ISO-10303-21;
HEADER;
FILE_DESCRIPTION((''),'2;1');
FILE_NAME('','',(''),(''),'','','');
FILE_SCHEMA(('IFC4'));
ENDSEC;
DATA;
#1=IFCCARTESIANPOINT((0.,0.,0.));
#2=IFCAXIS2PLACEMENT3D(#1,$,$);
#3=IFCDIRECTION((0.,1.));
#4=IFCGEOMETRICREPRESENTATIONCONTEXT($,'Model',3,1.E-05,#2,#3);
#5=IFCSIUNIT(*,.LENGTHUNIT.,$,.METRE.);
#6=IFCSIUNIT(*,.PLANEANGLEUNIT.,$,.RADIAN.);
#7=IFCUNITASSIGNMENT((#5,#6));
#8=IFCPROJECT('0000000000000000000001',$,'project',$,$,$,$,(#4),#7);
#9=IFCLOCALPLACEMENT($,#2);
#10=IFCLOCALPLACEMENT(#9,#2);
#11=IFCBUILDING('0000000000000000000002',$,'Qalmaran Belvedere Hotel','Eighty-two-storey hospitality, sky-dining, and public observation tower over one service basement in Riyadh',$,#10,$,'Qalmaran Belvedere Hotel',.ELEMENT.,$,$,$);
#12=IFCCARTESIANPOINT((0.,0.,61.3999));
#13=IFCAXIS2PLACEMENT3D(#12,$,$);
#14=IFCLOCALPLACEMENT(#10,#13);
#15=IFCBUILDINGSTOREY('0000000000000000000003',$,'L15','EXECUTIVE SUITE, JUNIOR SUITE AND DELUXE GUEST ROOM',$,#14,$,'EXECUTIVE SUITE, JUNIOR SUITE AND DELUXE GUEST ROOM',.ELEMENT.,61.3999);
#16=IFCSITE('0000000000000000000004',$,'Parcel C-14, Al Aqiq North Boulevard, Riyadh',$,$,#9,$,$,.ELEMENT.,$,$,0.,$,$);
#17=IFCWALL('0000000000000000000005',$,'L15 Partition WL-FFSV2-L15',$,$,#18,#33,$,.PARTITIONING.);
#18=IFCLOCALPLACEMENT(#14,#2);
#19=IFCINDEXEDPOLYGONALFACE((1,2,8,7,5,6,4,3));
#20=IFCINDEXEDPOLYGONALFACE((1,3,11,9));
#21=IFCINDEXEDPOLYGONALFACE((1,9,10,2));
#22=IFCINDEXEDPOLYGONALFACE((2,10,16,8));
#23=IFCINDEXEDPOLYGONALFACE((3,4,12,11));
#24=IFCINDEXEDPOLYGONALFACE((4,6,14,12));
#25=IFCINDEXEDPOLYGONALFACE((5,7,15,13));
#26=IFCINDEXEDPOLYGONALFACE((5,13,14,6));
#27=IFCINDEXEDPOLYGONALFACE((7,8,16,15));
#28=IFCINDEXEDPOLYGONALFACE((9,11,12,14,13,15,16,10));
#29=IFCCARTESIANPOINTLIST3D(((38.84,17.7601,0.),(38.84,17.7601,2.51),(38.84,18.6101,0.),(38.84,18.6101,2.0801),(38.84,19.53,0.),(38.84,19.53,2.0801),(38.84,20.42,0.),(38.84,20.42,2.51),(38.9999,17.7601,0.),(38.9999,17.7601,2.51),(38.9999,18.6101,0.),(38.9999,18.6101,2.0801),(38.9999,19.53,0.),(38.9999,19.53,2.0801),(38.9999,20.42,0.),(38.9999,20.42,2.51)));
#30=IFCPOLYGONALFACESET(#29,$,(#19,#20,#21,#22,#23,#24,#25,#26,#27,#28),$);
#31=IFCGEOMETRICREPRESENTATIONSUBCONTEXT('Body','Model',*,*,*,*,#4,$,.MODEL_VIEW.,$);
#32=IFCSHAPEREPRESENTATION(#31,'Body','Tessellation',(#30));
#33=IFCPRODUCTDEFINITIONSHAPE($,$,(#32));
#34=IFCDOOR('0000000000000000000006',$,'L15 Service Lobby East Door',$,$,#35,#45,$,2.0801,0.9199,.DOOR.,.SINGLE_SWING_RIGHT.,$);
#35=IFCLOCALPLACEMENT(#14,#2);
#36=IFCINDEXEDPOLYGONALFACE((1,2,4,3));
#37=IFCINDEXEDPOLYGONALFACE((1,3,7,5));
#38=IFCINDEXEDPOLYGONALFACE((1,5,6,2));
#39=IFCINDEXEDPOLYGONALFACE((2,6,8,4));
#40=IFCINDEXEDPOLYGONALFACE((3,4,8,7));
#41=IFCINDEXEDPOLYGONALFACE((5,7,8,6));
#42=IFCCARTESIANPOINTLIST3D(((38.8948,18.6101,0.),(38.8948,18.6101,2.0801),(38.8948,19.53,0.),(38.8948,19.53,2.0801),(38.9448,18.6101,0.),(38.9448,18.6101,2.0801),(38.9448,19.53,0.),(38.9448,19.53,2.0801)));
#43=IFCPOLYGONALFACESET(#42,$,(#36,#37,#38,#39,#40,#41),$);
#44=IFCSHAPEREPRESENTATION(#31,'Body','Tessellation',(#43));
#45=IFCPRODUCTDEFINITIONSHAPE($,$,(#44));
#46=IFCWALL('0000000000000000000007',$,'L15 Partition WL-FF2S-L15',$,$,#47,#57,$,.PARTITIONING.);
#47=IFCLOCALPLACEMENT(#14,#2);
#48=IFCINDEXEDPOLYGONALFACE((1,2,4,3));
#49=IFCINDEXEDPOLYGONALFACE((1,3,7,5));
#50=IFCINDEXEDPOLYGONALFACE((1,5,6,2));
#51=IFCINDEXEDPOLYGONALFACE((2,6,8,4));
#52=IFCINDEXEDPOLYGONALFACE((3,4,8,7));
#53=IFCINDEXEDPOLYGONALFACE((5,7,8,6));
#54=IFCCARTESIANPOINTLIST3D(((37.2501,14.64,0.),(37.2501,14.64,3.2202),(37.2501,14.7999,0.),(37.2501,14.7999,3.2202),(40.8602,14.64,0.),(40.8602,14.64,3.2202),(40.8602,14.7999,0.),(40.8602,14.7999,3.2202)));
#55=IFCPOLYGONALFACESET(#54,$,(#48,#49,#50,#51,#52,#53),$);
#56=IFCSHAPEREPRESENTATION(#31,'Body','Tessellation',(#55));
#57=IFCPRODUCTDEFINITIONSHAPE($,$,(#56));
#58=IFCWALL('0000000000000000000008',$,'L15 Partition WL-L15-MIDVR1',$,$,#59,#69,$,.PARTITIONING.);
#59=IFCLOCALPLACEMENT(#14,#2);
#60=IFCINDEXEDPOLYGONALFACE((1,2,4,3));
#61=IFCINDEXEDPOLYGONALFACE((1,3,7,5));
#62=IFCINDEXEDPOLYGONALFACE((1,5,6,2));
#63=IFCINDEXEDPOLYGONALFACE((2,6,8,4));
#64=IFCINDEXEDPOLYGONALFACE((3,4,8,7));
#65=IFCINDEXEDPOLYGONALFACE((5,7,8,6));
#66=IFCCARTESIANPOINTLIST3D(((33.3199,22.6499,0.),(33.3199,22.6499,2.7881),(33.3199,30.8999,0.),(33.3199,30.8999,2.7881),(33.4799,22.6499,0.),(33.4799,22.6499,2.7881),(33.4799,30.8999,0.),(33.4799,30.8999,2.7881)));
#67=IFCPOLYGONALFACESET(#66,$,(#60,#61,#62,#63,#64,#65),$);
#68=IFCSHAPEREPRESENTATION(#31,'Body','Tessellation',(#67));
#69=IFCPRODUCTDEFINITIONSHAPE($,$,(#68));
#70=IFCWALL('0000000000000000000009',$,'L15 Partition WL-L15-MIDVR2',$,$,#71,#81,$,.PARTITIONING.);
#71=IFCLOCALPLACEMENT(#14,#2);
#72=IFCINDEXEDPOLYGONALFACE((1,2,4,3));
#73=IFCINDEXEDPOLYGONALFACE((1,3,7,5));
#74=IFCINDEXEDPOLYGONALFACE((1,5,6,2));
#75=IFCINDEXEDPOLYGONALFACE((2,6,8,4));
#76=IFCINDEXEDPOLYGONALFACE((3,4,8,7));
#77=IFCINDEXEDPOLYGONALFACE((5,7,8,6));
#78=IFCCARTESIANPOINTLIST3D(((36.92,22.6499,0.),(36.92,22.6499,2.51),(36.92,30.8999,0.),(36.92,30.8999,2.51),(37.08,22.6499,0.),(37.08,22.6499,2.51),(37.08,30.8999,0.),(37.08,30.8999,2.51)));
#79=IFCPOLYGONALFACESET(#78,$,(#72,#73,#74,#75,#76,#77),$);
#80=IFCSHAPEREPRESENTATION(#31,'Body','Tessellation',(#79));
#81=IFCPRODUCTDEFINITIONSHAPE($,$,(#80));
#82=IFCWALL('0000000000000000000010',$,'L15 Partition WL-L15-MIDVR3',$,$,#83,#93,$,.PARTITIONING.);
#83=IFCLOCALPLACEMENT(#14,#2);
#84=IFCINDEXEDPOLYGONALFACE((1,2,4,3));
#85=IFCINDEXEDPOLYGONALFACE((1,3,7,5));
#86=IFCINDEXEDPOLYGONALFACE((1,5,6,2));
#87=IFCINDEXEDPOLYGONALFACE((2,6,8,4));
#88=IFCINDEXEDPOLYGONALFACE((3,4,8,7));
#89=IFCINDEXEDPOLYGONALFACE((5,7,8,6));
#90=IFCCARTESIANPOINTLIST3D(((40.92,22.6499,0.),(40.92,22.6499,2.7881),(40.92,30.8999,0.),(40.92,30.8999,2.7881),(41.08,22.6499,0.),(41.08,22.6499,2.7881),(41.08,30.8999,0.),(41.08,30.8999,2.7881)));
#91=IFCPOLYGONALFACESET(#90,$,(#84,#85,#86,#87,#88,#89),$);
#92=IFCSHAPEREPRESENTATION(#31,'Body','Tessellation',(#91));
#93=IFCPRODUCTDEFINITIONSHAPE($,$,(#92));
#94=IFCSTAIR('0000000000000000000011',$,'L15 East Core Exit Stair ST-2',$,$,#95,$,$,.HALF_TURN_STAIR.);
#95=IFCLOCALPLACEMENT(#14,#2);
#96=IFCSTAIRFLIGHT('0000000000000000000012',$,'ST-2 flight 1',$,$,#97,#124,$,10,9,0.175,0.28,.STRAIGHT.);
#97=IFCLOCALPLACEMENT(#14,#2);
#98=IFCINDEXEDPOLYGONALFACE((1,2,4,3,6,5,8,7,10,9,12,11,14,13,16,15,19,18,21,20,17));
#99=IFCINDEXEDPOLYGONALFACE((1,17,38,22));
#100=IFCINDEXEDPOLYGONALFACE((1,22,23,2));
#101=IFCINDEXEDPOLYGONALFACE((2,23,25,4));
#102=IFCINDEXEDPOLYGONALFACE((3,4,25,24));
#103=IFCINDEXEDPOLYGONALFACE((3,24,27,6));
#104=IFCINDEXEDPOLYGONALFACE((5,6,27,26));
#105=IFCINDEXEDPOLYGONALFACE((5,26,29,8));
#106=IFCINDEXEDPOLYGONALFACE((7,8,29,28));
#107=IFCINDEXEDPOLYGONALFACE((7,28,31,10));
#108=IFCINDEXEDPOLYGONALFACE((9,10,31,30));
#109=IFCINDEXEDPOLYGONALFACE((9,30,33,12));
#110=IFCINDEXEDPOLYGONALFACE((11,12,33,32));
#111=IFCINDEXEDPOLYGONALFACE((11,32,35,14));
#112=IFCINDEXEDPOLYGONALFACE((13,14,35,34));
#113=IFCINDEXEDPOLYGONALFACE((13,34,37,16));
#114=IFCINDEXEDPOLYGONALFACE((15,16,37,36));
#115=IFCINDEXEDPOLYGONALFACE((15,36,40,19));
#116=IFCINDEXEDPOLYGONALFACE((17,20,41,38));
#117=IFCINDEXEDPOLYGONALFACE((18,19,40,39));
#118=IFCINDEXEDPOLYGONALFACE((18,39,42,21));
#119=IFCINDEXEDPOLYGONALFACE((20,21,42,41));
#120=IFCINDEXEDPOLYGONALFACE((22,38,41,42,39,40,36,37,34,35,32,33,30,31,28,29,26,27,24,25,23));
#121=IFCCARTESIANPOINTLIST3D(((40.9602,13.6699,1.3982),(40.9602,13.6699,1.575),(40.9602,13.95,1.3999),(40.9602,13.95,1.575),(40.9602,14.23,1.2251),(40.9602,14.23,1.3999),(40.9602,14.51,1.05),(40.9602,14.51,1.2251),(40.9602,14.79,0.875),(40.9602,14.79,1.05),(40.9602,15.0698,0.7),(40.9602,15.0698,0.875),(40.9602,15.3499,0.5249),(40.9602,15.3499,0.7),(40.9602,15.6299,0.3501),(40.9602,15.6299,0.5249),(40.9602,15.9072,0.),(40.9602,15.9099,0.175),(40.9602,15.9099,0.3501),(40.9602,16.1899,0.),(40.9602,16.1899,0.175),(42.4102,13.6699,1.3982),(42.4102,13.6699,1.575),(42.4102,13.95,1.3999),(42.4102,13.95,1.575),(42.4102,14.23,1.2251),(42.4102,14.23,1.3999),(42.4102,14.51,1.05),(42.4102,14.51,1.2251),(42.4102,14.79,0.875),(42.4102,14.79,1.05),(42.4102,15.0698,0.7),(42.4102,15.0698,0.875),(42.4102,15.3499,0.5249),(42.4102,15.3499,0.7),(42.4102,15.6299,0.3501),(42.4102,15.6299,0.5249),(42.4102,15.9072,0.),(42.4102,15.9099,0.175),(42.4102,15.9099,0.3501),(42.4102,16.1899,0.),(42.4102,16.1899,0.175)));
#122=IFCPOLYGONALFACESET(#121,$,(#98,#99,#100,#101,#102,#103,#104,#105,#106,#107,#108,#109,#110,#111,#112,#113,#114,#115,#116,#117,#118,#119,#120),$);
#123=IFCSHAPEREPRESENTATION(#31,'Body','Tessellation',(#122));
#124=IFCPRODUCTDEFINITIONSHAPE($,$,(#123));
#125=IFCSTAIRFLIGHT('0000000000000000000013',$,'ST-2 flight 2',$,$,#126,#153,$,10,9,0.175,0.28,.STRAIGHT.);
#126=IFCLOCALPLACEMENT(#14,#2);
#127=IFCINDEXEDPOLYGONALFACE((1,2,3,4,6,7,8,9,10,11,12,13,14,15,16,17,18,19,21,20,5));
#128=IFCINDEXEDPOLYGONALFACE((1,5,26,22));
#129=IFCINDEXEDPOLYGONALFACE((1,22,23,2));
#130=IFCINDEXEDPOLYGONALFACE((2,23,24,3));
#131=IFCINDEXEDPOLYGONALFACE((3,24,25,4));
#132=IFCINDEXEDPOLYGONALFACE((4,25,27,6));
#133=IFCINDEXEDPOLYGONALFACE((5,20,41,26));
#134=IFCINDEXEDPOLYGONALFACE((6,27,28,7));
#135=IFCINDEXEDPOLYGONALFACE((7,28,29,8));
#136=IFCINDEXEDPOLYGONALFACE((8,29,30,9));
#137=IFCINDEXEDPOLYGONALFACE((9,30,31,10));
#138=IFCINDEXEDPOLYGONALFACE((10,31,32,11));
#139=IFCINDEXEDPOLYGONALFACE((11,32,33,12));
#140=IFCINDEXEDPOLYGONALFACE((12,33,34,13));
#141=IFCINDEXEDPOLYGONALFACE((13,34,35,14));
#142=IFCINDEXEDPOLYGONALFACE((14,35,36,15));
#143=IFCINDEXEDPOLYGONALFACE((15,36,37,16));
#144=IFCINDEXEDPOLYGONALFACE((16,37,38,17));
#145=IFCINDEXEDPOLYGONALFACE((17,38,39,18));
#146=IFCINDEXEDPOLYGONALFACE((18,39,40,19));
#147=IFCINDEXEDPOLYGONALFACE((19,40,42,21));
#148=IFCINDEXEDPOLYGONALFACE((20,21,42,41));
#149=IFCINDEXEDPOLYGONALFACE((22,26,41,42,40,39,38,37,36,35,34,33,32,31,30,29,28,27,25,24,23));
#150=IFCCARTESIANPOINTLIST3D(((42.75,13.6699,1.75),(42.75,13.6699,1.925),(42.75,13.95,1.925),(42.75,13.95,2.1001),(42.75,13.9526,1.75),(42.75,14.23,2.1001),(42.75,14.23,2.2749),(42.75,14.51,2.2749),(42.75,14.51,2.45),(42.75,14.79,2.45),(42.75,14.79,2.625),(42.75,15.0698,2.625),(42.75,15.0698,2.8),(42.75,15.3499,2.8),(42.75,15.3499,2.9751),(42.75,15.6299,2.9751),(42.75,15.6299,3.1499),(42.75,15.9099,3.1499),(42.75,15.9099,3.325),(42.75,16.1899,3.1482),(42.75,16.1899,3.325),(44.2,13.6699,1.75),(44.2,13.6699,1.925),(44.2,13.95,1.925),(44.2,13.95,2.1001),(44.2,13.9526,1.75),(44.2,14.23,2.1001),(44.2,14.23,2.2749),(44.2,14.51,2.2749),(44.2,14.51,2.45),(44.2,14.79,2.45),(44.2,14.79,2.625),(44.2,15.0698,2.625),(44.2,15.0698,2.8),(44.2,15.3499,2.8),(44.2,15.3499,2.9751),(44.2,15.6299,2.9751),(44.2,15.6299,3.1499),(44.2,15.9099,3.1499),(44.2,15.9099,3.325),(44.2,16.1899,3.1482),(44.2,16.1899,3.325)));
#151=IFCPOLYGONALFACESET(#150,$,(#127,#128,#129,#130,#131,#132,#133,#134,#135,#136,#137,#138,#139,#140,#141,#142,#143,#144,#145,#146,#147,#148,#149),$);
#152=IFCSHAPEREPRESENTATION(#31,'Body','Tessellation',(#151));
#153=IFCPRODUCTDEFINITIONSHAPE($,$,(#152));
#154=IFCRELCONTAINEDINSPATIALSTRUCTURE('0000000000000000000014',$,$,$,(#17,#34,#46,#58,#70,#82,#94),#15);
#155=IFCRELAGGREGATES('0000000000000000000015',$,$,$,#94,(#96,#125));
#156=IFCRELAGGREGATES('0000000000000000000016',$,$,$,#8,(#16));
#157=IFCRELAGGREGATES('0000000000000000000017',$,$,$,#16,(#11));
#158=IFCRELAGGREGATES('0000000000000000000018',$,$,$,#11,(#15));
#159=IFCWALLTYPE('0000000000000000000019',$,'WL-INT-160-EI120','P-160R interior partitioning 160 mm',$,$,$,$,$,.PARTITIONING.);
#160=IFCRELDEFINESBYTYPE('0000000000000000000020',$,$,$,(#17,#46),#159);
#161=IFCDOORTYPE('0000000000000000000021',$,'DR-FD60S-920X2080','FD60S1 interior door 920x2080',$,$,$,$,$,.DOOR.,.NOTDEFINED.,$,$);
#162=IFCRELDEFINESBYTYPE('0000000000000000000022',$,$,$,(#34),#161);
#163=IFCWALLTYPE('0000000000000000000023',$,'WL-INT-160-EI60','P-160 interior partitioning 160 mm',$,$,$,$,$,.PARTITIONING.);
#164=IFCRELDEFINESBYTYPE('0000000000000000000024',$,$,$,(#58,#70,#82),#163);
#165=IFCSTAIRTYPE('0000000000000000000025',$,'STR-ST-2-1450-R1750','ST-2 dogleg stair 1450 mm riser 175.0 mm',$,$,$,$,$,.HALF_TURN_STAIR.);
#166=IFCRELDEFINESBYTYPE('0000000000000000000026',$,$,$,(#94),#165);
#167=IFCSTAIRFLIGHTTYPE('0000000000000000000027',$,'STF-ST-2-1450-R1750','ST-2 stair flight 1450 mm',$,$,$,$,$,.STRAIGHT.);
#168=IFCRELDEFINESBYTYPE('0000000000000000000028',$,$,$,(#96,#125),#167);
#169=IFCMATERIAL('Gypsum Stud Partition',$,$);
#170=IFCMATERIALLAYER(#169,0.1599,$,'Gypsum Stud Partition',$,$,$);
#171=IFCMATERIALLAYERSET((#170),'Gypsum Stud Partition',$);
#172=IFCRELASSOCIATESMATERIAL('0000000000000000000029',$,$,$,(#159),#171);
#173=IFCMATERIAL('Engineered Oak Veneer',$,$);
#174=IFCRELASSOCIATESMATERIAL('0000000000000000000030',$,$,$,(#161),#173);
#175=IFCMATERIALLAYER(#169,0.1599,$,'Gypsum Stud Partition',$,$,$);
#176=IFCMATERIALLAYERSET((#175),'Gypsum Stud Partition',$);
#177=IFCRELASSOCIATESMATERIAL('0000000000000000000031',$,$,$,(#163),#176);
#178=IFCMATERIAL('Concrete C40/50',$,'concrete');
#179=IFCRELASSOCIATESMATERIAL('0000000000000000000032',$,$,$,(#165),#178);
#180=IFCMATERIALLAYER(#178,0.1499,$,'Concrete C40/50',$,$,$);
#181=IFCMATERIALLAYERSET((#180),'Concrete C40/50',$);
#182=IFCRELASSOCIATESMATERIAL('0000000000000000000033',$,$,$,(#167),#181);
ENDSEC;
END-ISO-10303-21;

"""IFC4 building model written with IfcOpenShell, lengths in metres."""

from ifc_helpers import new_model, si_unit, direction, frame, frame_2d, origin, place, context, subcontext, project, spatial, polyline, rectangle, outline, extrude, material, layer, layer_set, type_object, element, fill, aggregate, save


model = new_model("IFC4")

# Units and contexts
model_context = context("Model", 3, precision=1e-05, world=origin(), true_north=direction((0.0, 1.0)))
body_context = subcontext(model_context, "Body", "Model", "MODEL_VIEW")
ifc_project = project(units=[si_unit("LENGTHUNIT", "METRE"), si_unit("PLANEANGLEUNIT", "RADIAN")], contexts=[model_context])

# Site, building, storey
site_placement = place(None, origin())
site = spatial("IfcSite", under=ifc_project, at=site_placement, Name="Parcel C-14, Al Aqiq North Boulevard, Riyadh", CompositionType="ELEMENT", RefElevation=0.0)
building_placement = place(site_placement, origin())
building = spatial("IfcBuilding", under=site, at=building_placement, Name="Qalmaran Belvedere Hotel", Description="Eighty-two-storey hospitality, sky-dining, and public observation tower over one service basement in Riyadh", LongName="Qalmaran Belvedere Hotel", CompositionType="ELEMENT")
storey_placement = place(building_placement, frame((0.0, 0.0, 61.3999)))
storey = spatial("IfcBuildingStorey", under=building, at=storey_placement, Name="L15", Description="EXECUTIVE SUITE, JUNIOR SUITE AND DELUXE GUEST ROOM", LongName="EXECUTIVE SUITE, JUNIOR SUITE AND DELUXE GUEST ROOM", CompositionType="ELEMENT", Elevation=61.3999)

# Shared definitions
ifc_material_1 = material(Name="Gypsum Stud Partition")

# Wall, opening, door
ifc_layer_1 = layer(ifc_material_1, 0.1599, Name="Gypsum Stud Partition")
ifc_layer_set_1 = layer_set([ifc_layer_1], Name="Gypsum Stud Partition")
wall_type_1 = type_object("IfcWallType", Name="WL-INT-160-EI120", Description="P-160R interior partitioning 160 mm", PredefinedType="PARTITIONING", material=ifc_layer_set_1)
wall_1_placement = place(storey_placement, frame((38.9199, 17.76, 0.0), z_axis=(0.0, 0.0, 1.0), x_axis=(0.0, 1.0, 0.0)))
wall_1 = element("IfcWall", 1, at=wall_1_placement, inside=storey, type_object=wall_type_1, Name="L15 Partition WL-FFSV2-L15", PredefinedType="PARTITIONING", context=body_context, shape_type="SweptSolid", body=[
    extrude(rectangle(XDim=2.6599, YDim=0.1599, at=frame_2d((1.3301, 0.0))), origin(), (0.0, 0.0, 1.0), 2.51),
])
opening_1_placement = place(wall_1_placement, frame((1.77, 0.0, 0.0), z_axis=(0.0, 0.0, 1.0), x_axis=(-1.0, 0.0, 0.0)))
opening_1 = element("IfcOpeningElement", 2, at=opening_1_placement, cuts=wall_1, PredefinedType="OPENING", context=body_context, shape_type="SweptSolid", body=[
    extrude(rectangle(XDim=0.9199, YDim=2.0801, at=frame_2d((0.46, 1.04))), frame((0.0, 0.0898, 0.0), z_axis=(0.0, -1.0, 0.0), x_axis=(1.0, 0.0, 0.0)), (0.0, 0.0, 1.0), 0.1799),
])
ifc_material_2 = material(Name="Engineered Oak Veneer")
door_type_1 = type_object("IfcDoorType", Name="DR-FD60S-920X2080", Description="FD60S1 interior door 920x2080", OperationType="NOTDEFINED", PredefinedType="DOOR", material=ifc_material_2)
door_1_placement = place(opening_1_placement, origin())
door_1 = element("IfcDoor", 3, at=door_1_placement, inside=storey, type_object=door_type_1, Name="L15 Service Lobby East Door", OperationType="SINGLE_SWING_RIGHT", OverallHeight=2.0801, OverallWidth=0.9199, PredefinedType="DOOR", context=body_context, shape_type="SweptSolid", body=[
    extrude(rectangle(XDim=0.9199, YDim=2.0801, at=frame_2d((0.46, 1.04))), frame((0.0, 0.0249, 0.0), z_axis=(0.0, -1.0, 0.0), x_axis=(1.0, 0.0, 0.0)), (0.0, 0.0, 1.0), 0.05),
])
fill(opening_1, door_1)

# Walls
wall_2_placement = place(storey_placement, frame((37.25, 14.72, 0.0), z_axis=(0.0, 0.0, 1.0), x_axis=(1.0, 0.0, 0.0)))
element("IfcWall", 4, at=wall_2_placement, inside=storey, type_object=wall_type_1, Name="L15 Partition WL-FF2S-L15", PredefinedType="PARTITIONING", context=body_context, shape_type="SweptSolid", body=[
    extrude(rectangle(XDim=3.6101, YDim=0.1599, at=frame_2d((1.8052, 0.0))), origin(), (0.0, 0.0, 1.0), 3.2202),
])
ifc_layer_2 = layer(ifc_material_1, 0.1599, Name="Gypsum Stud Partition")
ifc_layer_set_2 = layer_set([ifc_layer_2], Name="Gypsum Stud Partition")
wall_type_2 = type_object("IfcWallType", Name="WL-INT-160-EI60", Description="P-160 interior partitioning 160 mm", PredefinedType="PARTITIONING", material=ifc_layer_set_2)
wall_3_placement = place(storey_placement, frame((33.3999, 22.6499, 0.0), z_axis=(0.0, 0.0, 1.0), x_axis=(0.0, 1.0, 0.0)))
element("IfcWall", 5, at=wall_3_placement, inside=storey, type_object=wall_type_2, Name="L15 Partition WL-L15-MIDVR1", PredefinedType="PARTITIONING", context=body_context, shape_type="SweptSolid", body=[
    extrude(rectangle(XDim=8.25, YDim=0.1599, at=frame_2d((4.125, 0.0))), origin(), (0.0, 0.0, 1.0), 2.7881),
])
wall_4_placement = place(storey_placement, frame((37.0, 22.6499, 0.0), z_axis=(0.0, 0.0, 1.0), x_axis=(0.0, 1.0, 0.0)))
element("IfcWall", 6, at=wall_4_placement, inside=storey, type_object=wall_type_2, Name="L15 Partition WL-L15-MIDVR2", PredefinedType="PARTITIONING", context=body_context, shape_type="SweptSolid", body=[
    extrude(rectangle(XDim=8.25, YDim=0.1599, at=frame_2d((4.125, 0.0))), origin(), (0.0, 0.0, 1.0), 2.51),
])
wall_5_placement = place(storey_placement, frame((41.0, 22.6499, 0.0), z_axis=(0.0, 0.0, 1.0), x_axis=(0.0, 1.0, 0.0)))
element("IfcWall", 7, at=wall_5_placement, inside=storey, type_object=wall_type_2, Name="L15 Partition WL-L15-MIDVR3", PredefinedType="PARTITIONING", context=body_context, shape_type="SweptSolid", body=[
    extrude(rectangle(XDim=8.25, YDim=0.1599, at=frame_2d((4.125, 0.0))), origin(), (0.0, 0.0, 1.0), 2.7881),
])

# Stair, stair flights
ifc_material_3 = material(Name="Concrete C40/50", Category="concrete")
stair_type = type_object("IfcStairType", Name="STR-ST-2-1450-R1750", Description="ST-2 dogleg stair 1450 mm riser 175.0 mm", PredefinedType="HALF_TURN_STAIR", material=ifc_material_3)
stair_placement = place(storey_placement, origin())
stair = element("IfcStair", 8, at=stair_placement, inside=storey, type_object=stair_type, Name="L15 East Core Exit Stair ST-2", PredefinedType="HALF_TURN_STAIR")
ifc_layer_3 = layer(ifc_material_3, 0.1499, Name="Concrete C40/50")
ifc_layer_set_3 = layer_set([ifc_layer_3], Name="Concrete C40/50")
stair_flight_type = type_object("IfcStairFlightType", Name="STF-ST-2-1450-R1750", Description="ST-2 stair flight 1450 mm", PredefinedType="STRAIGHT", material=ifc_layer_set_3)
stair_flight_1_placement = place(storey_placement, frame((41.6851, 16.1899, 0.0), z_axis=(0.0, 0.0, 1.0), x_axis=(0.0, -1.0, 0.0)))
stair_flight_1 = element("IfcStairFlight", 9, at=stair_flight_1_placement, type_object=stair_flight_type, Name="ST-2 flight 1", NumberOfRisers=10, NumberOfTreads=9, PredefinedType="STRAIGHT", RiserHeight=0.175, TreadLength=0.28, context=body_context, shape_type="SweptSolid", body=[
    extrude(outline(polyline([(0.0, 0.0), (0.0, 0.175), (0.28, 0.175), (0.28, 0.3501), (0.5601, 0.3501), (0.5601, 0.5249), (0.8401, 0.5249), (0.8401, 0.7), (1.1201, 0.7), (1.1201, 0.875), (1.3999, 0.875), (1.3999, 1.05), (1.6799, 1.05), (1.6799, 1.2251), (1.96, 1.2251), (1.96, 1.3999), (2.24, 1.3999), (2.24, 1.575), (2.52, 1.575), (2.52, 1.75), (2.52, 1.3982), (0.2827, 0.0), (0.0, 0.0)])), frame((0.0, 0.7251, 0.0), z_axis=(0.0, -1.0, 0.0), x_axis=(1.0, 0.0, 0.0)), (0.0, 0.0, 1.0), 1.45),
])
stair_flight_2_placement = place(storey_placement, frame((43.4751, 13.6699, 1.75), z_axis=(0.0, 0.0, 1.0), x_axis=(0.0, 1.0, 0.0)))
stair_flight_2 = element("IfcStairFlight", 10, at=stair_flight_2_placement, type_object=stair_flight_type, Name="ST-2 flight 2", NumberOfRisers=10, NumberOfTreads=9, PredefinedType="STRAIGHT", RiserHeight=0.175, TreadLength=0.28, context=body_context, shape_type="SweptSolid", body=[
    extrude(outline(polyline([(0.0, 0.0), (0.0, 0.175), (0.28, 0.175), (0.28, 0.3501), (0.5601, 0.3501), (0.5601, 0.5249), (0.8401, 0.5249), (0.8401, 0.7), (1.1201, 0.7), (1.1201, 0.875), (1.3999, 0.875), (1.3999, 1.05), (1.6799, 1.05), (1.6799, 1.2251), (1.96, 1.2251), (1.96, 1.3999), (2.24, 1.3999), (2.24, 1.575), (2.52, 1.575), (2.52, 1.75), (2.52, 1.3982), (0.2827, 0.0), (0.0, 0.0)])), frame((0.0, 0.7251, 0.0), z_axis=(0.0, -1.0, 0.0), x_axis=(1.0, 0.0, 0.0)), (0.0, 0.0, 1.0), 1.45),
])
aggregate(stair, [stair_flight_1, stair_flight_2])

save(model, "model.ifc")
